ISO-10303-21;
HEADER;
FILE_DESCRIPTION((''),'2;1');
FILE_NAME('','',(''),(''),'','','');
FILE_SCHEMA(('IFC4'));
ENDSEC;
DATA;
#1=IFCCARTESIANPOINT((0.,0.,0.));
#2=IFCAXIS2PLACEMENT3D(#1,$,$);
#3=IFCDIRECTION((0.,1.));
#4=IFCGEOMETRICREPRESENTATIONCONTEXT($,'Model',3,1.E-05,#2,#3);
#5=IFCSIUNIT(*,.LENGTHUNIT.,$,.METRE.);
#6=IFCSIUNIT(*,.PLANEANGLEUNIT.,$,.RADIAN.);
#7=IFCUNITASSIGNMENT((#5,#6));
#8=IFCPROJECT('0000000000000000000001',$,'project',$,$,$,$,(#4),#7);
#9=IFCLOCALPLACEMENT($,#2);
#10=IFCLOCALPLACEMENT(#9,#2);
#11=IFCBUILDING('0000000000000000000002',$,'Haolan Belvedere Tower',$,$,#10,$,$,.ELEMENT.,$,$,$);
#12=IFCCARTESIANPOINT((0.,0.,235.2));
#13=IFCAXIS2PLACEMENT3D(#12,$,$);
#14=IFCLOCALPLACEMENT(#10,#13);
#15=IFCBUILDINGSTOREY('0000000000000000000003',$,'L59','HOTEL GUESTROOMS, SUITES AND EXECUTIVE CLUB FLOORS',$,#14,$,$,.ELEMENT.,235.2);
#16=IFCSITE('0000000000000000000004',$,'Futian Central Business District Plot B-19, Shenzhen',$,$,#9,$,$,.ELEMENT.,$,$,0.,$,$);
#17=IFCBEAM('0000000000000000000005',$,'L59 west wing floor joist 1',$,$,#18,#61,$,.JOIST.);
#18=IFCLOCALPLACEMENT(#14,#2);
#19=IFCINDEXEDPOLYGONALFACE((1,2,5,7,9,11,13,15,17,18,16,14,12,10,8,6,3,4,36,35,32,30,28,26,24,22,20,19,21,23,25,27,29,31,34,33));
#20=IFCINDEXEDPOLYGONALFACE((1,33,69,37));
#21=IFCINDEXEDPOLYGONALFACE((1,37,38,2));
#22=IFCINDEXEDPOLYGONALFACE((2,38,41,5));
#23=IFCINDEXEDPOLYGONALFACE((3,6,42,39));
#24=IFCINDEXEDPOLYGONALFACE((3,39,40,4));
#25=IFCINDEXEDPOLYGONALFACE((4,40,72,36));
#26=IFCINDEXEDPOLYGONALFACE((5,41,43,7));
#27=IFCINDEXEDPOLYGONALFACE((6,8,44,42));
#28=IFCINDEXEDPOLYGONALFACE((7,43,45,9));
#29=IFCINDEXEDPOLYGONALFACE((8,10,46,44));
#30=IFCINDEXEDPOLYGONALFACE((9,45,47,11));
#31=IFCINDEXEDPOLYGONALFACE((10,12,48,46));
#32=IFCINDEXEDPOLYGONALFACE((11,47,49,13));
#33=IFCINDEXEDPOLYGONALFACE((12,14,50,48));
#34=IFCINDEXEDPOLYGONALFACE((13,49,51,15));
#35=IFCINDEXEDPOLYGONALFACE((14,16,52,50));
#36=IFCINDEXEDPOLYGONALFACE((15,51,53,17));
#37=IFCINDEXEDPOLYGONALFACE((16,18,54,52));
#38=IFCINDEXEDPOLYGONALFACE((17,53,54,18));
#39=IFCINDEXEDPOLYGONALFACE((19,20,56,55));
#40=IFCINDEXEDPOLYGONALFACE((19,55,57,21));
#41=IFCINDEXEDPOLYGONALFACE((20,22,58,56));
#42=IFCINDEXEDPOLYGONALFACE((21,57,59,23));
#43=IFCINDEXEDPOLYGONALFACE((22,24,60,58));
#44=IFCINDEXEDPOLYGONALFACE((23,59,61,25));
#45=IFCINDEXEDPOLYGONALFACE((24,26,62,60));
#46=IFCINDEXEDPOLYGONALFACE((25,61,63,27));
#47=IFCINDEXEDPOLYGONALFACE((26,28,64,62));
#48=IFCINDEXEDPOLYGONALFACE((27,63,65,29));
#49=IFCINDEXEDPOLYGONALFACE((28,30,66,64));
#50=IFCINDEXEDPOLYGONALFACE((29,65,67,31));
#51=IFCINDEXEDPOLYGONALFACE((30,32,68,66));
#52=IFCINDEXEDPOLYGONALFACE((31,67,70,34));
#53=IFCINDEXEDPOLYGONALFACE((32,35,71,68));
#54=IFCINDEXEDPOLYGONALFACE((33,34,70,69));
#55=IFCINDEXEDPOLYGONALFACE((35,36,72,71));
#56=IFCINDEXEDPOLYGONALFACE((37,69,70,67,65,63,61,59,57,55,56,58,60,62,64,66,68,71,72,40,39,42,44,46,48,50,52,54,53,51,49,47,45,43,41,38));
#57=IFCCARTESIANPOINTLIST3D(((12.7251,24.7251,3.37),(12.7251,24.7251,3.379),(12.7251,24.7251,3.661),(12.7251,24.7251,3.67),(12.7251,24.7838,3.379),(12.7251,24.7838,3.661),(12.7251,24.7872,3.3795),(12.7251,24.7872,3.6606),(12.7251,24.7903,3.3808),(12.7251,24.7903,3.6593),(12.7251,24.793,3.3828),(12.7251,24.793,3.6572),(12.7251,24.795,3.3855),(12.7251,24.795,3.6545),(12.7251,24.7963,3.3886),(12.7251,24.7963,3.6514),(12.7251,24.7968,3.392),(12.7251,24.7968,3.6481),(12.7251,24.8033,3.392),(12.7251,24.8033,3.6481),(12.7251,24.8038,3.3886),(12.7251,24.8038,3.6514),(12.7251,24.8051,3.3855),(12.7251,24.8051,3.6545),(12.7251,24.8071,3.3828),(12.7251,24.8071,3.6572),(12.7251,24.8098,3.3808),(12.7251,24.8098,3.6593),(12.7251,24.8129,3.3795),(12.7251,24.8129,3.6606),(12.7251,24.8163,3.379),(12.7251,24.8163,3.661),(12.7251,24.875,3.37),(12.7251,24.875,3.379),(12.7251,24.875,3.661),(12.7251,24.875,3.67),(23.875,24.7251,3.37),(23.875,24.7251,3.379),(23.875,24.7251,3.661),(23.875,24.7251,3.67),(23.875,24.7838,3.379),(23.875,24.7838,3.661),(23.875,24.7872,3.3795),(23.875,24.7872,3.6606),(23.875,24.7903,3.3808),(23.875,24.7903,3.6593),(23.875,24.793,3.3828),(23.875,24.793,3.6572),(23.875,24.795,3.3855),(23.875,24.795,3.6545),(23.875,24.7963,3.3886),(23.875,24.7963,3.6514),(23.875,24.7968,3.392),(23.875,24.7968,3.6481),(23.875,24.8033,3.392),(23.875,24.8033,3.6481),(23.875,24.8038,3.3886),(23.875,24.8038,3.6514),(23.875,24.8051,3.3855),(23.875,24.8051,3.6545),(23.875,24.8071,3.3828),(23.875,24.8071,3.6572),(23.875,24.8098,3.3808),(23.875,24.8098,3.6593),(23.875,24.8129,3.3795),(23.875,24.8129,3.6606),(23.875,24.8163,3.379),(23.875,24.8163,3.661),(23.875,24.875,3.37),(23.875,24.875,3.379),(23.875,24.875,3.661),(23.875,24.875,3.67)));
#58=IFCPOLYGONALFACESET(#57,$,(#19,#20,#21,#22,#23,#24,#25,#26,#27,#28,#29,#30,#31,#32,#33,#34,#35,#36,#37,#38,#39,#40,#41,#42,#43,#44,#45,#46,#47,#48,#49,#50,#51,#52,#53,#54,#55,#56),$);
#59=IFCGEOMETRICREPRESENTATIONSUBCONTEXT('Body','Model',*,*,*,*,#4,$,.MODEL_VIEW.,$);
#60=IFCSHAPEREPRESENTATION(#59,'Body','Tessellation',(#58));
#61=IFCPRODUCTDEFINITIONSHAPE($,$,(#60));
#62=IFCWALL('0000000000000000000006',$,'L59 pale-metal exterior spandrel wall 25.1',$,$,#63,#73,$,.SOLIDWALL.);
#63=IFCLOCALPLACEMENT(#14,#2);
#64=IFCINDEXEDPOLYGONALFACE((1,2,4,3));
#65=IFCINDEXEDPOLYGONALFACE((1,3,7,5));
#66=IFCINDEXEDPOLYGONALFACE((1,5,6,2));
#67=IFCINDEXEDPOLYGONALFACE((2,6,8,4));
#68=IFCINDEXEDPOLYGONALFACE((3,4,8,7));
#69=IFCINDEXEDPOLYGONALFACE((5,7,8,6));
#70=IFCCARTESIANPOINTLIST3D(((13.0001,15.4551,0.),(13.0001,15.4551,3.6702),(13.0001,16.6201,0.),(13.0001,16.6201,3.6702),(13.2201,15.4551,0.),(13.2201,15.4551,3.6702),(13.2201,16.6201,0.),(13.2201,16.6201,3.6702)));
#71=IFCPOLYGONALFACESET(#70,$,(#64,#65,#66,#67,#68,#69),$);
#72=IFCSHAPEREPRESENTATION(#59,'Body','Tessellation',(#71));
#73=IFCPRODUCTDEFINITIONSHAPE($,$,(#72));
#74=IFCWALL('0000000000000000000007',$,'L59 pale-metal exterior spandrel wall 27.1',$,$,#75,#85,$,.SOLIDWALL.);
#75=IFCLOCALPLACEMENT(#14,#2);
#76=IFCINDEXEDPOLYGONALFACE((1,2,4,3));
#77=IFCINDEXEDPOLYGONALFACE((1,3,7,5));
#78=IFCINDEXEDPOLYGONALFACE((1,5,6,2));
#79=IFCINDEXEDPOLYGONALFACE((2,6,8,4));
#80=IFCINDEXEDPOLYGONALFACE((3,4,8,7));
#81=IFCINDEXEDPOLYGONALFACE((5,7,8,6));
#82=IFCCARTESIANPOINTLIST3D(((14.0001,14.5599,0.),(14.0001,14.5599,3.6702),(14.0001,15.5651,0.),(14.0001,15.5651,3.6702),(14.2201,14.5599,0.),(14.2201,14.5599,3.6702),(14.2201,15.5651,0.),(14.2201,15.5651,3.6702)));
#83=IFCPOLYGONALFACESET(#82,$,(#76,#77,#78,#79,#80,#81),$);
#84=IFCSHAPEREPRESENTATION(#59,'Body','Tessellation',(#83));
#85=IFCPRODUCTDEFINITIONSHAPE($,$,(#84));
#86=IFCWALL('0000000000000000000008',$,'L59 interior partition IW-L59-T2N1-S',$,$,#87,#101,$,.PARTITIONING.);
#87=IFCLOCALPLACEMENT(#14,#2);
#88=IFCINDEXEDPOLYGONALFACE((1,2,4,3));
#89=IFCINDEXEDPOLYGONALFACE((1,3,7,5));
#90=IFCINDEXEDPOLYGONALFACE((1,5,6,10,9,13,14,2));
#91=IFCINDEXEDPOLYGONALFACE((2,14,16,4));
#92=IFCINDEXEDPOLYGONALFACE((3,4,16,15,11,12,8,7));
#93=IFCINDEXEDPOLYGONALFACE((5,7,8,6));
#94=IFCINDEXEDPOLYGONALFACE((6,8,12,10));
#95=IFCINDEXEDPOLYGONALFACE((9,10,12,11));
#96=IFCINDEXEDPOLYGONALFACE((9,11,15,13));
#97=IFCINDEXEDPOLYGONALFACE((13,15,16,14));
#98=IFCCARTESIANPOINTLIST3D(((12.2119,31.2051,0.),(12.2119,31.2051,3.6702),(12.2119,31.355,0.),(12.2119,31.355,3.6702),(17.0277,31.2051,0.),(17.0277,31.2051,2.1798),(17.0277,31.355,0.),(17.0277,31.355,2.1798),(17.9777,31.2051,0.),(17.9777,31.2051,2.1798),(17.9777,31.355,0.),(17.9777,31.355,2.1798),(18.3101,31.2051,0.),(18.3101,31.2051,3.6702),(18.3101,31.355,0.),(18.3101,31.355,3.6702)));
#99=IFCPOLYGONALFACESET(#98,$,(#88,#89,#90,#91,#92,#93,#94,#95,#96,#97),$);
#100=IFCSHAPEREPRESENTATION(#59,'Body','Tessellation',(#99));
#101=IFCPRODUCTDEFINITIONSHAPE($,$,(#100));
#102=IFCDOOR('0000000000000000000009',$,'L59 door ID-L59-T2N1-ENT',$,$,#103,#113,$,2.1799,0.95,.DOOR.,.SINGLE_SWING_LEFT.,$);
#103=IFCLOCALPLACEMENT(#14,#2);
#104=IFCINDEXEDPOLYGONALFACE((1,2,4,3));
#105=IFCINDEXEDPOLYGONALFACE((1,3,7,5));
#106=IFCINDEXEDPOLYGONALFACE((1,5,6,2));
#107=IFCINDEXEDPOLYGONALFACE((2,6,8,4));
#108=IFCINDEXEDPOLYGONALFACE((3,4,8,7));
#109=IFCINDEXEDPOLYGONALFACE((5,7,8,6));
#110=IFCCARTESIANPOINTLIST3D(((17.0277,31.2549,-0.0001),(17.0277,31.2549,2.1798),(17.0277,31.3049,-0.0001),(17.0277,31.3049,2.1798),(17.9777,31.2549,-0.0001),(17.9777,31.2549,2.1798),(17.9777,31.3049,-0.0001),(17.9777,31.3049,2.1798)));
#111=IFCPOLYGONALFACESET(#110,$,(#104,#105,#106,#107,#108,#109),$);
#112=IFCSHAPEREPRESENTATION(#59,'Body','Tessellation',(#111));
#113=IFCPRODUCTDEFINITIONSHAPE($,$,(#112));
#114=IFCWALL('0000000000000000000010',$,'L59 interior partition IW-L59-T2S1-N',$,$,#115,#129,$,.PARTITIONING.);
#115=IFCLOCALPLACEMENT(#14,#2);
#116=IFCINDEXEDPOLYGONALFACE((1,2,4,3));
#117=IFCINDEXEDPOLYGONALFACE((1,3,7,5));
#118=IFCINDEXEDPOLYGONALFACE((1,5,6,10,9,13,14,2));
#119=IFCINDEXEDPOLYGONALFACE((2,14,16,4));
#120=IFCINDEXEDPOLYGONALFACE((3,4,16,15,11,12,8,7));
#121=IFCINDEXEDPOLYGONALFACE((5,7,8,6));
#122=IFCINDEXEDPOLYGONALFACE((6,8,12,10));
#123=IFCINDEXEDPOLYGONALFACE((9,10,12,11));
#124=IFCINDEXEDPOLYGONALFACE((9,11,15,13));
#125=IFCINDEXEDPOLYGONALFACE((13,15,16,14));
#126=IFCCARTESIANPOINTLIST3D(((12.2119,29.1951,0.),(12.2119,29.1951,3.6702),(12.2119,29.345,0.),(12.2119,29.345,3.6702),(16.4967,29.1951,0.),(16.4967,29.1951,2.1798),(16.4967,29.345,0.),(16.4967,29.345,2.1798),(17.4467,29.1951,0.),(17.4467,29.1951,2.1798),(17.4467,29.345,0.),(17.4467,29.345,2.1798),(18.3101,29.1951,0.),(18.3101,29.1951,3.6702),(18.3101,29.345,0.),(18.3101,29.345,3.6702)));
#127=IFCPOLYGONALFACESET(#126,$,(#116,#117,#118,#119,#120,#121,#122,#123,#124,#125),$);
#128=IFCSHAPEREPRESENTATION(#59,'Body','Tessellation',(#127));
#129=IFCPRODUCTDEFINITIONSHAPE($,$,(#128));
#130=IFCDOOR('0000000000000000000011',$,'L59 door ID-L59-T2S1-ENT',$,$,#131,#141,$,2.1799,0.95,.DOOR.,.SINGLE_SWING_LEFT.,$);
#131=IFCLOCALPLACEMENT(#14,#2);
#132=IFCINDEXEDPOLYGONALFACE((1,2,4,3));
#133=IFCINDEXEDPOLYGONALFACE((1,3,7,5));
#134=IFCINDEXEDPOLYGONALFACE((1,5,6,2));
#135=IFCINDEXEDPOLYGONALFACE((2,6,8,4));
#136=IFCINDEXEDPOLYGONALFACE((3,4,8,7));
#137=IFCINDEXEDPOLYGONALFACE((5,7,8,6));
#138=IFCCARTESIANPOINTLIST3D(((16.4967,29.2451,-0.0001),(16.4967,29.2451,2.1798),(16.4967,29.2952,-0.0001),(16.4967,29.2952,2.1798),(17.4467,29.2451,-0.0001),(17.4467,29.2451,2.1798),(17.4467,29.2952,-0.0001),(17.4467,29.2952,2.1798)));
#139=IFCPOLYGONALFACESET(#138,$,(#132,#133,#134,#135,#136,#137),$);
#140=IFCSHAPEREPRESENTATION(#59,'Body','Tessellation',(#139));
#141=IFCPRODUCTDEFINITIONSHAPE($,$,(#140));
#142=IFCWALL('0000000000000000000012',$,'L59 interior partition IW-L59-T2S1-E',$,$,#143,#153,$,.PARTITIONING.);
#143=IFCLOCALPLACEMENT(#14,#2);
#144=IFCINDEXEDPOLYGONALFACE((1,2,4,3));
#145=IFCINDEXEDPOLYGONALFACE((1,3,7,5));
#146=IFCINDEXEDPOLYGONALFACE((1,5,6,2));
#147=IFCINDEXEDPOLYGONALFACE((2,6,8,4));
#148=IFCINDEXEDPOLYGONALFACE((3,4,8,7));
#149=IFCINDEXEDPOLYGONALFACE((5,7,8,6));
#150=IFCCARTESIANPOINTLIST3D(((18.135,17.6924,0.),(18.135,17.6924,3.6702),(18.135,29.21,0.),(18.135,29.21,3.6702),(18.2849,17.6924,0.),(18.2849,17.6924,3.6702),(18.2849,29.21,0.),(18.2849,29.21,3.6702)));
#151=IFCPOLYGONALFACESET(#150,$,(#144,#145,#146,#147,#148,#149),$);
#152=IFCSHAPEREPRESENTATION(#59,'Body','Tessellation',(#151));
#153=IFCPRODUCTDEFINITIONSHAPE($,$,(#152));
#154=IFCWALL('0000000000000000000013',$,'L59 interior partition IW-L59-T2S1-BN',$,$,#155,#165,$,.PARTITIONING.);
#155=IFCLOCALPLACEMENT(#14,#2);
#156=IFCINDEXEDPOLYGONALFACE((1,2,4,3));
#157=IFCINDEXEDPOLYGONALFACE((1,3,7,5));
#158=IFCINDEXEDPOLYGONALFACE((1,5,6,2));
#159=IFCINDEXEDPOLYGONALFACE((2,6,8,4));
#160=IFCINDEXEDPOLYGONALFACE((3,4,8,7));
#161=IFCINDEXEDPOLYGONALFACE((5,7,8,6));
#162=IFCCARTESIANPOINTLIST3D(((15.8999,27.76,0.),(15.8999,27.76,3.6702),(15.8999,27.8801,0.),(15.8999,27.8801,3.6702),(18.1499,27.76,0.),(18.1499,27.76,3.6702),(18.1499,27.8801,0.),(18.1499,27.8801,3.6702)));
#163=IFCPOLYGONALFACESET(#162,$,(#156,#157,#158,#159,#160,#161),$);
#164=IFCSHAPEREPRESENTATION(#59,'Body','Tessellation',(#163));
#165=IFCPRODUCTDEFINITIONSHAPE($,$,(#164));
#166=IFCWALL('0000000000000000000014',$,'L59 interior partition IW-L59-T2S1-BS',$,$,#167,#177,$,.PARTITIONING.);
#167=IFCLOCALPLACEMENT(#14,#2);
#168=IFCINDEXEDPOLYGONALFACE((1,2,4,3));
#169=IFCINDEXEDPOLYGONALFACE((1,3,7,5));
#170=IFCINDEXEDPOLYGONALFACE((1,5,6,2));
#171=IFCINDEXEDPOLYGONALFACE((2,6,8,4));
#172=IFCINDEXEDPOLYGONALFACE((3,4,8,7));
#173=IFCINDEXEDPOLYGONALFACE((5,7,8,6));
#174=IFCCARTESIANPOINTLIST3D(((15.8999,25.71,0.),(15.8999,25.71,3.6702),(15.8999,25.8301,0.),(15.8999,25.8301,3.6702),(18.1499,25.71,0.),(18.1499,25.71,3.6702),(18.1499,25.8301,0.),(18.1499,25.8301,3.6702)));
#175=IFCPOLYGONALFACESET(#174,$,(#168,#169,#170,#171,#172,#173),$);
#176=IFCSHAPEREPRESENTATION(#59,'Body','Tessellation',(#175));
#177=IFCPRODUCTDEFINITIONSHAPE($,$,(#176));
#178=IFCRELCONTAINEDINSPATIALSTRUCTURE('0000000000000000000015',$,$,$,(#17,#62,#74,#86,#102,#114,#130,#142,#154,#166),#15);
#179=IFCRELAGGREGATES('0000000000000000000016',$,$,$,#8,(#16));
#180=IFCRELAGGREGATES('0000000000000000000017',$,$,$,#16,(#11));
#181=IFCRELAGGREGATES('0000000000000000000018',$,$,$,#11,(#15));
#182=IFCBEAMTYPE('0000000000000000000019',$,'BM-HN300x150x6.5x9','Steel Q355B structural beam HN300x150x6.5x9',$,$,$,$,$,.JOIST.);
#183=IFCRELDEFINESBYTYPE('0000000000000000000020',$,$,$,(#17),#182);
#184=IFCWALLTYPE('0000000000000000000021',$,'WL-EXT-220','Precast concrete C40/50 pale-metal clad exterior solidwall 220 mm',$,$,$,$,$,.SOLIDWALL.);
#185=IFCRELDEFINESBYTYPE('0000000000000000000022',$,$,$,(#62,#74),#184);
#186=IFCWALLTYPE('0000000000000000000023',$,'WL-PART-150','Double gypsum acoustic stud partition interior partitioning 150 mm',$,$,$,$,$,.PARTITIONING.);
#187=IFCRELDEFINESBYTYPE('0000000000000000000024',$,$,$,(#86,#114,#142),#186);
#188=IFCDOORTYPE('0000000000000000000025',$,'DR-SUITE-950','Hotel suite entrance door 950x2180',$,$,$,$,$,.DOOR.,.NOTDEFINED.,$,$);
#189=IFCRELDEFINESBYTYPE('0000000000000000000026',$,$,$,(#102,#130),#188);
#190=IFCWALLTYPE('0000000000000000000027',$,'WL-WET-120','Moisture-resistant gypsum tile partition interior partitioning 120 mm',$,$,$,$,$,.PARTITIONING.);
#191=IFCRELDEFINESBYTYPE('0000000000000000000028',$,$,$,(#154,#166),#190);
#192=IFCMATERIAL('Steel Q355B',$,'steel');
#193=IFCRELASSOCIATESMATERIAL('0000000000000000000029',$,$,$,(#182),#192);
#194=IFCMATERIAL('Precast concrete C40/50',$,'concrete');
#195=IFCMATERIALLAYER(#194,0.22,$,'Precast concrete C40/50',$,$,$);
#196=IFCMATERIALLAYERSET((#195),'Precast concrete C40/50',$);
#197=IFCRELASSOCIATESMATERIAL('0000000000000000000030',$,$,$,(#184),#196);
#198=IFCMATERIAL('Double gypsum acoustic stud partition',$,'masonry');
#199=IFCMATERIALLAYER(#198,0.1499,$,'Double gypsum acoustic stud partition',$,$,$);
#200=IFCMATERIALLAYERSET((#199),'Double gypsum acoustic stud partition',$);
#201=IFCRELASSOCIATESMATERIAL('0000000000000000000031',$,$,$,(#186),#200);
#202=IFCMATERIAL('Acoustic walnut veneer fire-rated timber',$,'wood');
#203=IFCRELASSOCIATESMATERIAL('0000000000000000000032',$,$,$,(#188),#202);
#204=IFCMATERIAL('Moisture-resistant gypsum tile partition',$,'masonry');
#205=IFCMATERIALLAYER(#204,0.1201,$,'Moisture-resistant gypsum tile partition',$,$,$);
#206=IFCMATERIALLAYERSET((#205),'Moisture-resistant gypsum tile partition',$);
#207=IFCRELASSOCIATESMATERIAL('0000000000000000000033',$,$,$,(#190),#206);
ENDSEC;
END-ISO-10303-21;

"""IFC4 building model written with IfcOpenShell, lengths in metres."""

from ifc_helpers import new_model, si_unit, direction, frame, frame_2d, origin, origin_2d, place, context, subcontext, project, spatial, rectangle, i_section, extrude, material, layer, layer_set, material_profile, profile_set, type_object, element, fill, save


model = new_model("IFC4")

# Units and contexts
model_context = context("Model", 3, precision=1e-05, world=origin(), true_north=direction((0.0, 1.0)))
body_context = subcontext(model_context, "Body", "Model", "MODEL_VIEW")
ifc_project = project(units=[si_unit("LENGTHUNIT", "METRE"), si_unit("PLANEANGLEUNIT", "RADIAN")], contexts=[model_context])

# Site, building, storey
site_placement = place(None, origin())
site = spatial("IfcSite", under=ifc_project, at=site_placement, Name="Futian Central Business District Plot B-19, Shenzhen", CompositionType="ELEMENT", RefElevation=0.0)
building_placement = place(site_placement, origin())
building = spatial("IfcBuilding", under=site, at=building_placement, Name="Haolan Belvedere Tower", CompositionType="ELEMENT")
storey_placement = place(building_placement, frame((0.0, 0.0, 235.2)))
storey = spatial("IfcBuildingStorey", under=building, at=storey_placement, Name="L59", Description="HOTEL GUESTROOMS, SUITES AND EXECUTIVE CLUB FLOORS", CompositionType="ELEMENT", Elevation=235.2)

# Beam
ifc_material_1 = material(Name="Steel Q355B", Category="steel")
ifc_material_profile_1 = material_profile(ifc_material_1, i_section(OverallWidth=0.1499, OverallDepth=0.3, WebThickness=0.0066, FlangeThickness=0.009, FilletRadius=0.0129, at=origin_2d()), Name="Steel Q355B")
ifc_profile_set_1 = profile_set([ifc_material_profile_1], Name="Steel Q355B")
beam_type_1 = type_object("IfcBeamType", Name="BM-HN300x150x6.5x9", Description="Steel Q355B structural beam HN300x150x6.5x9", PredefinedType="JOIST", material=ifc_profile_set_1)
beam_1_placement = place(storey_placement, frame((12.7251, 24.8, 3.52), z_axis=(1.0, 0.0, 0.0), x_axis=(0.0, 1.0, 0.0)))
element("IfcBeam", 1, at=beam_1_placement, inside=storey, type_object=beam_type_1, Name="L59 west wing floor joist 1", PredefinedType="JOIST", context=body_context, shape_type="SweptSolid", body=[
    extrude(i_section(OverallWidth=0.1499, OverallDepth=0.3, WebThickness=0.0066, FlangeThickness=0.009, FilletRadius=0.0129, at=origin_2d()), origin(), (0.0, 0.0, 1.0), 11.1499),
])

# Walls
ifc_material_2 = material(Name="Precast concrete C40/50", Category="concrete")
ifc_layer_1 = layer(ifc_material_2, 0.22, Name="Precast concrete C40/50")
ifc_layer_set_1 = layer_set([ifc_layer_1], Name="Precast concrete C40/50")
wall_type_1 = type_object("IfcWallType", Name="WL-EXT-220", Description="Precast concrete C40/50 pale-metal clad exterior solidwall 220 mm", PredefinedType="SOLIDWALL", material=ifc_layer_set_1)
wall_1_placement = place(storey_placement, frame((13.1101, 16.6201, 0.0), z_axis=(0.0, 0.0, 1.0), x_axis=(0.0, -1.0, 0.0)))
element("IfcWall", 2, at=wall_1_placement, inside=storey, type_object=wall_type_1, Name="L59 pale-metal exterior spandrel wall 25.1", PredefinedType="SOLIDWALL", context=body_context, shape_type="SweptSolid", body=[
    extrude(rectangle(XDim=1.165, YDim=0.22, at=frame_2d((0.5825, 0.0))), origin(), (0.0, 0.0, 1.0), 3.6702),
])
wall_2_placement = place(storey_placement, frame((14.1101, 15.5649, 0.0), z_axis=(0.0, 0.0, 1.0), x_axis=(0.0, -1.0, 0.0)))
element("IfcWall", 3, at=wall_2_placement, inside=storey, type_object=wall_type_1, Name="L59 pale-metal exterior spandrel wall 27.1", PredefinedType="SOLIDWALL", context=body_context, shape_type="SweptSolid", body=[
    extrude(rectangle(XDim=1.0051, YDim=0.22, at=frame_2d((0.5024, 0.0))), origin(), (0.0, 0.0, 1.0), 3.6702),
])

# Walls, openings, doors
ifc_material_3 = material(Name="Double gypsum acoustic stud partition", Category="masonry")
ifc_layer_2 = layer(ifc_material_3, 0.1499, Name="Double gypsum acoustic stud partition")
ifc_layer_set_2 = layer_set([ifc_layer_2], Name="Double gypsum acoustic stud partition")
wall_type_2 = type_object("IfcWallType", Name="WL-PART-150", Description="Double gypsum acoustic stud partition interior partitioning 150 mm", PredefinedType="PARTITIONING", material=ifc_layer_set_2)
wall_3_placement = place(storey_placement, frame((12.2119, 31.28, 0.0), z_axis=(0.0, 0.0, 1.0), x_axis=(1.0, 0.0, 0.0)))
wall_3 = element("IfcWall", 4, at=wall_3_placement, inside=storey, type_object=wall_type_2, Name="L59 interior partition IW-L59-T2N1-S", PredefinedType="PARTITIONING", context=body_context, shape_type="SweptSolid", body=[
    extrude(rectangle(XDim=6.0981, YDim=0.1499, at=frame_2d((3.0491, 0.0))), origin(), (0.0, 0.0, 1.0), 3.6702),
])
opening_1_placement = place(wall_3_placement, frame((4.8157, 0.0, 0.0)))
opening_1 = element("IfcOpeningElement", 5, at=opening_1_placement, cuts=wall_3, PredefinedType="OPENING", context=body_context, shape_type="SweptSolid", body=[
    extrude(rectangle(XDim=0.95, YDim=2.1799, at=frame_2d((0.4751, 1.0898))), frame((0.0, 0.085, 0.0), z_axis=(0.0, -1.0, 0.0), x_axis=(1.0, 0.0, 0.0)), (0.0, 0.0, 1.0), 0.1699),
])
ifc_material_4 = material(Name="Acoustic walnut veneer fire-rated timber", Category="wood")
door_type_1 = type_object("IfcDoorType", Name="DR-SUITE-950", Description="Hotel suite entrance door 950x2180", OperationType="NOTDEFINED", PredefinedType="DOOR", material=ifc_material_4)
door_1_placement = place(opening_1_placement, origin())
door_1 = element("IfcDoor", 6, at=door_1_placement, inside=storey, type_object=door_type_1, Name="L59 door ID-L59-T2N1-ENT", OperationType="SINGLE_SWING_LEFT", OverallHeight=2.1799, OverallWidth=0.95, PredefinedType="DOOR", context=body_context, shape_type="SweptSolid", body=[
    extrude(rectangle(XDim=0.95, YDim=2.1799, at=frame_2d((0.4751, 1.0898))), frame((0.0, 0.0249, 0.0), z_axis=(0.0, -1.0, 0.0), x_axis=(1.0, 0.0, 0.0)), (0.0, 0.0, 1.0), 0.05),
])
fill(opening_1, door_1)
wall_4_placement = place(storey_placement, frame((12.2119, 29.27, 0.0), z_axis=(0.0, 0.0, 1.0), x_axis=(1.0, 0.0, 0.0)))
wall_4 = element("IfcWall", 7, at=wall_4_placement, inside=storey, type_object=wall_type_2, Name="L59 interior partition IW-L59-T2S1-N", PredefinedType="PARTITIONING", context=body_context, shape_type="SweptSolid", body=[
    extrude(rectangle(XDim=6.0981, YDim=0.1499, at=frame_2d((3.0491, 0.0))), origin(), (0.0, 0.0, 1.0), 3.6702),
])
opening_2_placement = place(wall_4_placement, frame((5.2349, 0.0, 0.0), z_axis=(0.0, 0.0, 1.0), x_axis=(-1.0, 0.0, 0.0)))
opening_2 = element("IfcOpeningElement", 8, at=opening_2_placement, cuts=wall_4, PredefinedType="OPENING", context=body_context, shape_type="SweptSolid", body=[
    extrude(rectangle(XDim=0.95, YDim=2.1799, at=frame_2d((0.4751, 1.0898))), frame((0.0, 0.085, 0.0), z_axis=(0.0, -1.0, 0.0), x_axis=(1.0, 0.0, 0.0)), (0.0, 0.0, 1.0), 0.1699),
])
door_2_placement = place(opening_2_placement, origin())
door_2 = element("IfcDoor", 9, at=door_2_placement, inside=storey, type_object=door_type_1, Name="L59 door ID-L59-T2S1-ENT", OperationType="SINGLE_SWING_LEFT", OverallHeight=2.1799, OverallWidth=0.95, PredefinedType="DOOR", context=body_context, shape_type="SweptSolid", body=[
    extrude(rectangle(XDim=0.95, YDim=2.1799, at=frame_2d((0.4751, 1.0898))), frame((0.0, 0.0249, 0.0), z_axis=(0.0, -1.0, 0.0), x_axis=(1.0, 0.0, 0.0)), (0.0, 0.0, 1.0), 0.05),
])
fill(opening_2, door_2)

# Walls
wall_5_placement = place(storey_placement, frame((18.21, 17.6924, 0.0), z_axis=(0.0, 0.0, 1.0), x_axis=(0.0, 1.0, 0.0)))
element("IfcWall", 10, at=wall_5_placement, inside=storey, type_object=wall_type_2, Name="L59 interior partition IW-L59-T2S1-E", PredefinedType="PARTITIONING", context=body_context, shape_type="SweptSolid", body=[
    extrude(rectangle(XDim=11.5176, YDim=0.1499, at=frame_2d((5.7588, 0.0))), origin(), (0.0, 0.0, 1.0), 3.6702),
])
ifc_material_5 = material(Name="Moisture-resistant gypsum tile partition", Category="masonry")
ifc_layer_3 = layer(ifc_material_5, 0.1201, Name="Moisture-resistant gypsum tile partition")
ifc_layer_set_3 = layer_set([ifc_layer_3], Name="Moisture-resistant gypsum tile partition")
wall_type_3 = type_object("IfcWallType", Name="WL-WET-120", Description="Moisture-resistant gypsum tile partition interior partitioning 120 mm", PredefinedType="PARTITIONING", material=ifc_layer_set_3)
for number, where, z_axis, x_axis, name in (
    (11, (15.8999, 27.8201, 0.0), (0.0, 0.0, 1.0), (1.0, 0.0, 0.0), "L59 interior partition IW-L59-T2S1-BN"),
    (12, (15.8999, 25.77, 0.0), (0.0, 0.0, 1.0), (1.0, 0.0, 0.0), "L59 interior partition IW-L59-T2S1-BS"),
):
    element("IfcWall", number, at=place(storey_placement, frame(where, z_axis=z_axis, x_axis=x_axis)), inside=storey, type_object=wall_type_3, Name=name, PredefinedType="PARTITIONING", context=body_context, shape_type="SweptSolid", body=[
        extrude(rectangle(XDim=2.25, YDim=0.1201, at=frame_2d((1.125, 0.0))), origin(), (0.0, 0.0, 1.0), 3.6702),
    ])

save(model, "model.ifc")
